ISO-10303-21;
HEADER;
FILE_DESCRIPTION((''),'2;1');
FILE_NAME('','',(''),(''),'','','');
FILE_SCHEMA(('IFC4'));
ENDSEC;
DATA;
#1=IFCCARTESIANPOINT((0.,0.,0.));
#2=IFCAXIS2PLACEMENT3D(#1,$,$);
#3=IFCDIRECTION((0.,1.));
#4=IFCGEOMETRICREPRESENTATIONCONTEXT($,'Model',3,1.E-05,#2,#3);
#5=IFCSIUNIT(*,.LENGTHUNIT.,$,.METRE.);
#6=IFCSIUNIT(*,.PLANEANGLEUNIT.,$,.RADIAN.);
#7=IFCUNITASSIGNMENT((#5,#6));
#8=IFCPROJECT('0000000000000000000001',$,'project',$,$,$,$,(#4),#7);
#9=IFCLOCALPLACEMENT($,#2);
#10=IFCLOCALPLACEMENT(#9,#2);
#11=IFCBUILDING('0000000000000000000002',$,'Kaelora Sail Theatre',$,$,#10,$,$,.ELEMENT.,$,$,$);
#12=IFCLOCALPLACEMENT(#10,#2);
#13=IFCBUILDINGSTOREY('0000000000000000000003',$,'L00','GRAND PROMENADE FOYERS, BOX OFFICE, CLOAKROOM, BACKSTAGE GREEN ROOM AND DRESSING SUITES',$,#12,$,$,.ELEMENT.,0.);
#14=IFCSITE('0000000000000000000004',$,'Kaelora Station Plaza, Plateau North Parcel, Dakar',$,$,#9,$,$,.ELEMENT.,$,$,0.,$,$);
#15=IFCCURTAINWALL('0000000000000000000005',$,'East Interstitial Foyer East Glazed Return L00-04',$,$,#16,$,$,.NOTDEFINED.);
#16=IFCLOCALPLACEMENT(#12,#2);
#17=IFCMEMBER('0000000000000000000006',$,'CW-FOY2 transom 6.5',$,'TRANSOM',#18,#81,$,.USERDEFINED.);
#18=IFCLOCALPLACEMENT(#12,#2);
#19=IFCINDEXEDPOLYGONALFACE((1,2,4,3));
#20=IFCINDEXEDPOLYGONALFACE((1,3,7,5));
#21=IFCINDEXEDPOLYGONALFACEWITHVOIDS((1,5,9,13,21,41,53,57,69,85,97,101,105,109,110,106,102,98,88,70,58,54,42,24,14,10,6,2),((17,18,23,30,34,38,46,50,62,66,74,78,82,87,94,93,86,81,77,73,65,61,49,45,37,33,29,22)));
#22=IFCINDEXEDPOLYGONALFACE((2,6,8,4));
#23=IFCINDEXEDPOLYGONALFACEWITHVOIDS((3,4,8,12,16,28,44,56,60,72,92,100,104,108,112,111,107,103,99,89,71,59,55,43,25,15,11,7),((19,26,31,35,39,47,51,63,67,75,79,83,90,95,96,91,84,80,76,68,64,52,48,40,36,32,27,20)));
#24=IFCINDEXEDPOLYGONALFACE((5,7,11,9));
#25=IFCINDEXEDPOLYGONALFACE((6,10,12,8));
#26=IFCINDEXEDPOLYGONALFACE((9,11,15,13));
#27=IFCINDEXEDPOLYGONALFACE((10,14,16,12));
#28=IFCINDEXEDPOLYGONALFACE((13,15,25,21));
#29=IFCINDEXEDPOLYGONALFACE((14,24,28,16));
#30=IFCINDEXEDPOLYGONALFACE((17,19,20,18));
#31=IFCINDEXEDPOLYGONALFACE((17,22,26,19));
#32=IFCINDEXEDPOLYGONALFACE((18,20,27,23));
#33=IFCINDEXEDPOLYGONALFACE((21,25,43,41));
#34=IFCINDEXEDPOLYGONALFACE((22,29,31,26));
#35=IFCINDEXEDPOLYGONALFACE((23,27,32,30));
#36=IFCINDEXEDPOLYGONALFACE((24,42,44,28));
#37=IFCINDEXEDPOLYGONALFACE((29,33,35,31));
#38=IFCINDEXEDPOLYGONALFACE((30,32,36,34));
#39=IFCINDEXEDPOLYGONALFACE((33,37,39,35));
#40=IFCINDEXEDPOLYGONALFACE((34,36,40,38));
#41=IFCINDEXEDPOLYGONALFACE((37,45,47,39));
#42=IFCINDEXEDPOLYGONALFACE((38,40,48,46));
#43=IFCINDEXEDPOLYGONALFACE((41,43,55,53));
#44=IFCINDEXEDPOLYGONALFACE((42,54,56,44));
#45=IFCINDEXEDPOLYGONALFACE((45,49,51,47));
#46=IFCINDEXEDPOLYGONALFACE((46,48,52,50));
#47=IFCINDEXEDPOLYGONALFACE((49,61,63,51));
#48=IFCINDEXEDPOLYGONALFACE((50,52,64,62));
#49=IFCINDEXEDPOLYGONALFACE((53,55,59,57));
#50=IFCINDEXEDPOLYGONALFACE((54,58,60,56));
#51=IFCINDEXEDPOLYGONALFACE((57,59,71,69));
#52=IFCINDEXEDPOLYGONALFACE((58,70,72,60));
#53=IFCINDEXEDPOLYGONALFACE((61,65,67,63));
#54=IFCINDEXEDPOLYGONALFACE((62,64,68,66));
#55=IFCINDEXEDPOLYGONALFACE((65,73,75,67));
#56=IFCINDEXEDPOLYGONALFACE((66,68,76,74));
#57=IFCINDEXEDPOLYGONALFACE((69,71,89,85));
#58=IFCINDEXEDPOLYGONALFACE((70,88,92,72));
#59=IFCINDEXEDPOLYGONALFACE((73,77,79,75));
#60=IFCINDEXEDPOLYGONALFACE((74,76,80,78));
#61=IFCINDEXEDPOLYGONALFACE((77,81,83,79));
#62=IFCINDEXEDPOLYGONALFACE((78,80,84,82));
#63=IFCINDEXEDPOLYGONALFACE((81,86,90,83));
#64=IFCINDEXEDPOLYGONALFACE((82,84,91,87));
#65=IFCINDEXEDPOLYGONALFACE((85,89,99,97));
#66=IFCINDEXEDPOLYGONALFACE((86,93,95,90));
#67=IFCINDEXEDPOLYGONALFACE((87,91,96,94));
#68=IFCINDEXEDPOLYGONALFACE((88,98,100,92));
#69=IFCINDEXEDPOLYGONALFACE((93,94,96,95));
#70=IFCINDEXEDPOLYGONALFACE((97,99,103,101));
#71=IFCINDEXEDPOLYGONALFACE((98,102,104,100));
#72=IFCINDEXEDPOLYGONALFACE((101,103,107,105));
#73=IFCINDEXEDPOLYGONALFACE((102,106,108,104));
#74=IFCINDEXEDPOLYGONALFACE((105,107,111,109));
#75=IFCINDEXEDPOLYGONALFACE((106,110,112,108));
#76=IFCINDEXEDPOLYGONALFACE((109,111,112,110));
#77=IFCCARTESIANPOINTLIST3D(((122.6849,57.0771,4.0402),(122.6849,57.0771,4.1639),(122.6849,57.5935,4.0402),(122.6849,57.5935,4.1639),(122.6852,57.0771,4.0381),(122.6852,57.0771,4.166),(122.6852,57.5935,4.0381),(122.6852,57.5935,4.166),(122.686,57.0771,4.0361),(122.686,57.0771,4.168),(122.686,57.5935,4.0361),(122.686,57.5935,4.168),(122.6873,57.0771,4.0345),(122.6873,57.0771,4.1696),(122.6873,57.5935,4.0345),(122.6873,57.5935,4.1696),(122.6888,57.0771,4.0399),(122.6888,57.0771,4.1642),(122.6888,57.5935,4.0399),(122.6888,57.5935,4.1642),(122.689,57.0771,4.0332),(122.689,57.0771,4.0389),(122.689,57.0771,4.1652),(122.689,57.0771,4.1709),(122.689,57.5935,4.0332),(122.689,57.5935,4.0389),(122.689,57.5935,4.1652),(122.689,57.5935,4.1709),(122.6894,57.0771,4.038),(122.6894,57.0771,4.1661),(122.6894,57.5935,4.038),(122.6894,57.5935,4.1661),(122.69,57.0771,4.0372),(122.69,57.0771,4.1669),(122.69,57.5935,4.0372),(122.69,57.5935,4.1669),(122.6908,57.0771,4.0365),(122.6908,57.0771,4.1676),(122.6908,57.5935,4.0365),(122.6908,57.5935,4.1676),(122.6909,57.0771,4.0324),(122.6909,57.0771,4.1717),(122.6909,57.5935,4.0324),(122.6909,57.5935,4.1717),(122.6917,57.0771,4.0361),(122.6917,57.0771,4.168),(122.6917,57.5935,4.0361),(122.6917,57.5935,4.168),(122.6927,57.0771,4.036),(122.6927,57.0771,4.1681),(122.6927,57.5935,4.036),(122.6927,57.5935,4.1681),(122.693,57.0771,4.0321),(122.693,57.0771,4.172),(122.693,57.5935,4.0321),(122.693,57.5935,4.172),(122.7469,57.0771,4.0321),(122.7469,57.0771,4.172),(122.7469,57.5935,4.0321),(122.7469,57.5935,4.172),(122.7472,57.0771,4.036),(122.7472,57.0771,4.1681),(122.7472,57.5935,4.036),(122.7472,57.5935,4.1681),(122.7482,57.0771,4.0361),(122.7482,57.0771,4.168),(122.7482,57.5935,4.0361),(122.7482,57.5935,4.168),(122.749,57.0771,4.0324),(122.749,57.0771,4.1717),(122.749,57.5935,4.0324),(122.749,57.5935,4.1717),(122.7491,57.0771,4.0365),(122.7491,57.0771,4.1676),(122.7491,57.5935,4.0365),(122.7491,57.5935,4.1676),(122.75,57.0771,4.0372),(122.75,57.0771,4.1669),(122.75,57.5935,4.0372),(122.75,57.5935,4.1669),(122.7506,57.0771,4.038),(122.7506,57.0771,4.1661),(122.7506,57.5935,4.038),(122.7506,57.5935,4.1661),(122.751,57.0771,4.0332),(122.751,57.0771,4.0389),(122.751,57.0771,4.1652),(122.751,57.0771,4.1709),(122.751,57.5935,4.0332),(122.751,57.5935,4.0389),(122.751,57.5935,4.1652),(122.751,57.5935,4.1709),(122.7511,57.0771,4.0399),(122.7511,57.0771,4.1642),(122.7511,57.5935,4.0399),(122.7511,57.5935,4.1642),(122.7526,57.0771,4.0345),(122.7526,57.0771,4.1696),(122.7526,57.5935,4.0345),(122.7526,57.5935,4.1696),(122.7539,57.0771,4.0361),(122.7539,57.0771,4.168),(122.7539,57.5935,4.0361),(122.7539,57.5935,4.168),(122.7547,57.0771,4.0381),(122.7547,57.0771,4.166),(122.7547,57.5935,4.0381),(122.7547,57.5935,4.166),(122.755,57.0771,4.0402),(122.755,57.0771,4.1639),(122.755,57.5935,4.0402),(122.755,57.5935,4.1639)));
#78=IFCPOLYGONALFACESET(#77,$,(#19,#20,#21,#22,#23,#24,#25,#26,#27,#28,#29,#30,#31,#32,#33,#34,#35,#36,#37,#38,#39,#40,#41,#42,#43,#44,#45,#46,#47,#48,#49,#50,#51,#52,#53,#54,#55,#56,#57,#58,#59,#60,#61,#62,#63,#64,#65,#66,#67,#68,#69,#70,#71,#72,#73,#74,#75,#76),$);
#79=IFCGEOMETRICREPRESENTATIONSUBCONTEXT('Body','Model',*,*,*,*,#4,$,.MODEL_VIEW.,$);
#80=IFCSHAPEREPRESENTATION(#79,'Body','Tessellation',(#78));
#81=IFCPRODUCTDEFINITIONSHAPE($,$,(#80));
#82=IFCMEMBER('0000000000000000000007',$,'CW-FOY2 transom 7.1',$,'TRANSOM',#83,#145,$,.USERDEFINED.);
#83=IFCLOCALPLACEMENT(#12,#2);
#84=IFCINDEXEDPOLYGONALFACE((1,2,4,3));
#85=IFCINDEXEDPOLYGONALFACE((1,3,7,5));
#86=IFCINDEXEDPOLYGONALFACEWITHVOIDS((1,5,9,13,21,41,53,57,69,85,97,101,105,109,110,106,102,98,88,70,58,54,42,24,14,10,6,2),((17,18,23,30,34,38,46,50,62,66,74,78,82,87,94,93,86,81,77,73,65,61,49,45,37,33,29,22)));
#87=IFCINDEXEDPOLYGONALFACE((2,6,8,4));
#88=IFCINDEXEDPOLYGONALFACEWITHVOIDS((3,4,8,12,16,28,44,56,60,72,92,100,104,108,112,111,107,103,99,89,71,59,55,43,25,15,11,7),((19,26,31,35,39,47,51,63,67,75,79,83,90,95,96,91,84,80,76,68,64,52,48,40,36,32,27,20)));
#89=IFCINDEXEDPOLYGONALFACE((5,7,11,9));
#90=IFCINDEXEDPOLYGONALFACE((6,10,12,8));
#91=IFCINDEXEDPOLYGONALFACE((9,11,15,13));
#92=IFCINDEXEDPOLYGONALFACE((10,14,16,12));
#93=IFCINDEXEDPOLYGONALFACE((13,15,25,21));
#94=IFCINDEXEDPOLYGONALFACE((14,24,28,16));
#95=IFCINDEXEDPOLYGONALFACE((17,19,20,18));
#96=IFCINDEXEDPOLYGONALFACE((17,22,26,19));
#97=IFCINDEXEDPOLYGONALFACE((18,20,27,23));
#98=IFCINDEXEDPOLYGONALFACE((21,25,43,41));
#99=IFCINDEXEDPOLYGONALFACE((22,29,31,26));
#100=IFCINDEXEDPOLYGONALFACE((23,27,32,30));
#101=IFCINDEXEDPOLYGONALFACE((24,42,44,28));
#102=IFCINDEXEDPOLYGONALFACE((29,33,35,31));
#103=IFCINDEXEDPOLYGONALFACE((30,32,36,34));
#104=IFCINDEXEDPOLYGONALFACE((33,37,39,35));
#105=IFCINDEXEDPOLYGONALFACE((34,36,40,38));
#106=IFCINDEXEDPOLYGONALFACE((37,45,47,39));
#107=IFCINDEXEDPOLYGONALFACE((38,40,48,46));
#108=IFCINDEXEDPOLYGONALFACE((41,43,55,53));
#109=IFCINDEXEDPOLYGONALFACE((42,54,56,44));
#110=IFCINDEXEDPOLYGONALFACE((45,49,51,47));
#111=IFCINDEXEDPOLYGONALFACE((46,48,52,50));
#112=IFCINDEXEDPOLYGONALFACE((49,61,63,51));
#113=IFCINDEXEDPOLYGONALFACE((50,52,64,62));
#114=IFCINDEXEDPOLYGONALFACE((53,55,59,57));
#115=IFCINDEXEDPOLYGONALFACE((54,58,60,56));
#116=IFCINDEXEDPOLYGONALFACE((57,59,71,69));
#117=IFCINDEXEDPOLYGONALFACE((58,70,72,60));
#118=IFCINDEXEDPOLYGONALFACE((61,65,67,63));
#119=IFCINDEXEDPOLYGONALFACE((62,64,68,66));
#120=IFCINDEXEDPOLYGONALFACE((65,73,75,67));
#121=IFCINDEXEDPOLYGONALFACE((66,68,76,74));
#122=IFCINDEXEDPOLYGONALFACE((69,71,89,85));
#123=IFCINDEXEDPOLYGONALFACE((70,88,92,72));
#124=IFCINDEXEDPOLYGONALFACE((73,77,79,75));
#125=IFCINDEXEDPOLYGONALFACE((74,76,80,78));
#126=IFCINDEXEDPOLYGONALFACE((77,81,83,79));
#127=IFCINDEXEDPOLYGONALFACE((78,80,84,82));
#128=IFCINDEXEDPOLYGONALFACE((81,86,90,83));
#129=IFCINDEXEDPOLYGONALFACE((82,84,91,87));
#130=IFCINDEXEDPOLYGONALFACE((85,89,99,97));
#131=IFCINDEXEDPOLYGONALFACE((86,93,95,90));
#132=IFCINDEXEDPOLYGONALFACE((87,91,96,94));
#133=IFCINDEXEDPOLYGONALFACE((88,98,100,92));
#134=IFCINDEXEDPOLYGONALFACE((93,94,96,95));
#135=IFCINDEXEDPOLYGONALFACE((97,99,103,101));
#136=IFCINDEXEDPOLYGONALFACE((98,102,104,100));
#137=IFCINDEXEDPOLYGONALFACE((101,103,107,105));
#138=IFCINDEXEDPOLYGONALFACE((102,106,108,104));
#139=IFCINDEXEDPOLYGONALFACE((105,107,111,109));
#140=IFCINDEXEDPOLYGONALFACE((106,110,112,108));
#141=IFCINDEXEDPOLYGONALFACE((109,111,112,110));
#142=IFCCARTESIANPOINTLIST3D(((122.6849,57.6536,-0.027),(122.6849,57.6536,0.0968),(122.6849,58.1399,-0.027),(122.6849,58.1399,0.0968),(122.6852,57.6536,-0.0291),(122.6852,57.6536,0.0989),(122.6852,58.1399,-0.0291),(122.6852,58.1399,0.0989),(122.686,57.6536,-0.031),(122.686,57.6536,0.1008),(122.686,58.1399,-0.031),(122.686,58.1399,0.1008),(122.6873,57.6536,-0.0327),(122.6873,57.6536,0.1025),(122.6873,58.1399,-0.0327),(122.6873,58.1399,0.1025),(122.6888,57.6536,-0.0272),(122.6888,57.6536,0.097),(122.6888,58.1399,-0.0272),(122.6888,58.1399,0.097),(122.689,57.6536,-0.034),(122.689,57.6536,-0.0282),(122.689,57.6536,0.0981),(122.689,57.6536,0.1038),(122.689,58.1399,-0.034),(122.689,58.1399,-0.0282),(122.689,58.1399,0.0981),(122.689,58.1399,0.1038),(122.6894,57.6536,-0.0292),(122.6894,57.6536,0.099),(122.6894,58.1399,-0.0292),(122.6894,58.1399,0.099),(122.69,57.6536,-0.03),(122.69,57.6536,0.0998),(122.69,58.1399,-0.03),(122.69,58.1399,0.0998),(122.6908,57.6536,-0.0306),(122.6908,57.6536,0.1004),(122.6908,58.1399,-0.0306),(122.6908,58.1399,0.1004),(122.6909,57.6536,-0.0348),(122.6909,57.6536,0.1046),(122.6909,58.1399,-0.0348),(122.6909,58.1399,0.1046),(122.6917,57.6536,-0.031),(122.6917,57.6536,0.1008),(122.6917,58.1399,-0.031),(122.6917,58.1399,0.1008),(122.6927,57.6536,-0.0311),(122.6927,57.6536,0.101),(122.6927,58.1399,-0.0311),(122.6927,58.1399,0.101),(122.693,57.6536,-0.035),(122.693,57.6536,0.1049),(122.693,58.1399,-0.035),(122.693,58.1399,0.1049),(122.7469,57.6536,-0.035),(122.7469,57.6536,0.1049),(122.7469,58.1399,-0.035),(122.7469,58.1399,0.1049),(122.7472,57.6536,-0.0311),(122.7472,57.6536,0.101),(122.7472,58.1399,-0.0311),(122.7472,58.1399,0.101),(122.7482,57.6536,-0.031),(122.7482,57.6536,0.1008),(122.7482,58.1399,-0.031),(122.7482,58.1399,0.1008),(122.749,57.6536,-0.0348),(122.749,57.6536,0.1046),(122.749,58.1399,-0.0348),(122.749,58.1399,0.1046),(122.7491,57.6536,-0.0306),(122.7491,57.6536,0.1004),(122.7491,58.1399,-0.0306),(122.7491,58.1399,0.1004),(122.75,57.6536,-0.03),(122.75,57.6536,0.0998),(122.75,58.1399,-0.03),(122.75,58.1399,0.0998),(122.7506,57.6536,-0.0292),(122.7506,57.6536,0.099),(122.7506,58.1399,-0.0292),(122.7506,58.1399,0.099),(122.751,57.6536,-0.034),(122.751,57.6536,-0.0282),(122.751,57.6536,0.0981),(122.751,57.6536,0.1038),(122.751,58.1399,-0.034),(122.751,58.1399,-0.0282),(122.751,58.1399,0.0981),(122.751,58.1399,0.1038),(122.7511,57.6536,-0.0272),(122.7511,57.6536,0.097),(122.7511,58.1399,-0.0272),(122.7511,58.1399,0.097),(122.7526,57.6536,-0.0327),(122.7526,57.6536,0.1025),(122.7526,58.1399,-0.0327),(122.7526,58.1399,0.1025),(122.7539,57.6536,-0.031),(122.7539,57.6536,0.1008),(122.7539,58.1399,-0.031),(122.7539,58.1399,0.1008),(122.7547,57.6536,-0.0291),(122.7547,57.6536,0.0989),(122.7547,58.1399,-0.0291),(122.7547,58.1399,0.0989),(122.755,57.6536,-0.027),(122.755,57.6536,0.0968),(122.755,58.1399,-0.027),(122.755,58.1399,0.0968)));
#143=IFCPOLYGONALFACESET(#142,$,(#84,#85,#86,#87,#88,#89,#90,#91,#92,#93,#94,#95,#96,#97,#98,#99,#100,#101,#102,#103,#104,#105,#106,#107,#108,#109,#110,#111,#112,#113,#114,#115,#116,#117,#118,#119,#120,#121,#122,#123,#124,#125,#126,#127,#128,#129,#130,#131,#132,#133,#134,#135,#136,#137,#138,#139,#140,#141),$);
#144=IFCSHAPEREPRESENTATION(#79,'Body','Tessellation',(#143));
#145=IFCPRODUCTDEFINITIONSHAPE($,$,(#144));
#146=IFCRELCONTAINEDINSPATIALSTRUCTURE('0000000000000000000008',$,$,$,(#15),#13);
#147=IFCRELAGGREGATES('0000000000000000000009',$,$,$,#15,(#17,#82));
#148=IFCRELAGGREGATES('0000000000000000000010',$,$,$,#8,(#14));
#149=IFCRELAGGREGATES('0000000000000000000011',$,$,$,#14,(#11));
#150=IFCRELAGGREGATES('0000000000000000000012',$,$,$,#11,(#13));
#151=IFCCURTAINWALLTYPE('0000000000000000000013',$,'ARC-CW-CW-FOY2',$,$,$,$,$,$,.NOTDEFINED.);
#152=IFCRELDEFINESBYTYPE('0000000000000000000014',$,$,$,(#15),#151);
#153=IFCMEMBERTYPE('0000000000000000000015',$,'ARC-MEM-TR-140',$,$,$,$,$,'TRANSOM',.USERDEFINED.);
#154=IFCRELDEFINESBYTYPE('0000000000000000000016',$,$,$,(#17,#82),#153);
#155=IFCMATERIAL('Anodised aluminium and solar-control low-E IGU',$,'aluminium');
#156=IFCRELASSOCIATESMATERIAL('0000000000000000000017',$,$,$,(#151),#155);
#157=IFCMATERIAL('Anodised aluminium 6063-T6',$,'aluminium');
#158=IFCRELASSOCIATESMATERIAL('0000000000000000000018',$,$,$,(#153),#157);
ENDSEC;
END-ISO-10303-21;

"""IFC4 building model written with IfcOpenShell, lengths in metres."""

from ifc_helpers import new_model, si_unit, direction, frame, origin, origin_2d, place, context, subcontext, project, spatial, hollow_rectangle, extrude, material, material_profile, profile_set, type_object, element, aggregate, save


model = new_model("IFC4")

# Units and contexts
model_context = context("Model", 3, precision=1e-05, world=origin(), true_north=direction((0.0, 1.0)))
body_context = subcontext(model_context, "Body", "Model", "MODEL_VIEW")
ifc_project = project(units=[si_unit("LENGTHUNIT", "METRE"), si_unit("PLANEANGLEUNIT", "RADIAN")], contexts=[model_context])

# Site, building, storey
site_placement = place(None, origin())
site = spatial("IfcSite", under=ifc_project, at=site_placement, Name="Kaelora Station Plaza, Plateau North Parcel, Dakar", CompositionType="ELEMENT", RefElevation=0.0)
building_placement = place(site_placement, origin())
building = spatial("IfcBuilding", under=site, at=building_placement, Name="Kaelora Sail Theatre", CompositionType="ELEMENT")
storey_placement = place(building_placement, origin())
storey = spatial("IfcBuildingStorey", under=building, at=storey_placement, Name="L00", Description="GRAND PROMENADE FOYERS, BOX OFFICE, CLOAKROOM, BACKSTAGE GREEN ROOM AND DRESSING SUITES", CompositionType="ELEMENT", Elevation=0.0)

# Curtain wall, members
ifc_material_1 = material(Name="Anodised aluminium and solar-control low-E IGU", Category="aluminium")
curtain_wall_type = type_object("IfcCurtainWallType", Name="ARC-CW-CW-FOY2", PredefinedType="NOTDEFINED", material=ifc_material_1)
curtain_wall_placement = place(storey_placement, origin())
curtain_wall = element("IfcCurtainWall", 1, at=curtain_wall_placement, inside=storey, type_object=curtain_wall_type, Name="East Interstitial Foyer East Glazed Return L00-04", PredefinedType="NOTDEFINED")
ifc_material_2 = material(Name="Anodised aluminium 6063-T6", Category="aluminium")
ifc_material_profile_1 = material_profile(ifc_material_2, hollow_rectangle(XDim=0.0701, YDim=0.1399, WallThickness=0.0039, InnerFilletRadius=0.0039, OuterFilletRadius=0.0081, at=origin_2d()), Name="ALU-TRAN 70x140x4")
ifc_profile_set_1 = profile_set([ifc_material_profile_1], Name="Anodised aluminium 6063-T6")
member_type_1 = type_object("IfcMemberType", Name="ARC-MEM-TR-140", ElementType="TRANSOM", PredefinedType="USERDEFINED", material=ifc_profile_set_1)
member_1_placement = place(storey_placement, frame((122.72, 57.0771, 4.1021), z_axis=(0.0, 1.0, 0.0), x_axis=(-1.0, 0.0, 0.0)))
member_1 = element("IfcMember", 2, at=member_1_placement, type_object=member_type_1, Name="CW-FOY2 transom 6.5", ObjectType="TRANSOM", PredefinedType="USERDEFINED", context=body_context, shape_type="SweptSolid", body=[
    extrude(hollow_rectangle(XDim=0.0701, YDim=0.1399, WallThickness=0.0039, InnerFilletRadius=0.0039, OuterFilletRadius=0.0081, at=origin_2d()), origin(), (0.0, 0.0, 1.0), 0.5164),
])
member_2_placement = place(storey_placement, frame((122.72, 57.6536, 0.0349), z_axis=(0.0, 1.0, 0.0), x_axis=(-1.0, 0.0, 0.0)))
member_2 = element("IfcMember", 3, at=member_2_placement, type_object=member_type_1, Name="CW-FOY2 transom 7.1", ObjectType="TRANSOM", PredefinedType="USERDEFINED", context=body_context, shape_type="SweptSolid", body=[
    extrude(hollow_rectangle(XDim=0.0701, YDim=0.1399, WallThickness=0.0039, InnerFilletRadius=0.0039, OuterFilletRadius=0.0081, at=origin_2d()), origin(), (0.0, 0.0, 1.0), 0.4863),
])
aggregate(curtain_wall, [member_1, member_2])

save(model, "model.ifc")
